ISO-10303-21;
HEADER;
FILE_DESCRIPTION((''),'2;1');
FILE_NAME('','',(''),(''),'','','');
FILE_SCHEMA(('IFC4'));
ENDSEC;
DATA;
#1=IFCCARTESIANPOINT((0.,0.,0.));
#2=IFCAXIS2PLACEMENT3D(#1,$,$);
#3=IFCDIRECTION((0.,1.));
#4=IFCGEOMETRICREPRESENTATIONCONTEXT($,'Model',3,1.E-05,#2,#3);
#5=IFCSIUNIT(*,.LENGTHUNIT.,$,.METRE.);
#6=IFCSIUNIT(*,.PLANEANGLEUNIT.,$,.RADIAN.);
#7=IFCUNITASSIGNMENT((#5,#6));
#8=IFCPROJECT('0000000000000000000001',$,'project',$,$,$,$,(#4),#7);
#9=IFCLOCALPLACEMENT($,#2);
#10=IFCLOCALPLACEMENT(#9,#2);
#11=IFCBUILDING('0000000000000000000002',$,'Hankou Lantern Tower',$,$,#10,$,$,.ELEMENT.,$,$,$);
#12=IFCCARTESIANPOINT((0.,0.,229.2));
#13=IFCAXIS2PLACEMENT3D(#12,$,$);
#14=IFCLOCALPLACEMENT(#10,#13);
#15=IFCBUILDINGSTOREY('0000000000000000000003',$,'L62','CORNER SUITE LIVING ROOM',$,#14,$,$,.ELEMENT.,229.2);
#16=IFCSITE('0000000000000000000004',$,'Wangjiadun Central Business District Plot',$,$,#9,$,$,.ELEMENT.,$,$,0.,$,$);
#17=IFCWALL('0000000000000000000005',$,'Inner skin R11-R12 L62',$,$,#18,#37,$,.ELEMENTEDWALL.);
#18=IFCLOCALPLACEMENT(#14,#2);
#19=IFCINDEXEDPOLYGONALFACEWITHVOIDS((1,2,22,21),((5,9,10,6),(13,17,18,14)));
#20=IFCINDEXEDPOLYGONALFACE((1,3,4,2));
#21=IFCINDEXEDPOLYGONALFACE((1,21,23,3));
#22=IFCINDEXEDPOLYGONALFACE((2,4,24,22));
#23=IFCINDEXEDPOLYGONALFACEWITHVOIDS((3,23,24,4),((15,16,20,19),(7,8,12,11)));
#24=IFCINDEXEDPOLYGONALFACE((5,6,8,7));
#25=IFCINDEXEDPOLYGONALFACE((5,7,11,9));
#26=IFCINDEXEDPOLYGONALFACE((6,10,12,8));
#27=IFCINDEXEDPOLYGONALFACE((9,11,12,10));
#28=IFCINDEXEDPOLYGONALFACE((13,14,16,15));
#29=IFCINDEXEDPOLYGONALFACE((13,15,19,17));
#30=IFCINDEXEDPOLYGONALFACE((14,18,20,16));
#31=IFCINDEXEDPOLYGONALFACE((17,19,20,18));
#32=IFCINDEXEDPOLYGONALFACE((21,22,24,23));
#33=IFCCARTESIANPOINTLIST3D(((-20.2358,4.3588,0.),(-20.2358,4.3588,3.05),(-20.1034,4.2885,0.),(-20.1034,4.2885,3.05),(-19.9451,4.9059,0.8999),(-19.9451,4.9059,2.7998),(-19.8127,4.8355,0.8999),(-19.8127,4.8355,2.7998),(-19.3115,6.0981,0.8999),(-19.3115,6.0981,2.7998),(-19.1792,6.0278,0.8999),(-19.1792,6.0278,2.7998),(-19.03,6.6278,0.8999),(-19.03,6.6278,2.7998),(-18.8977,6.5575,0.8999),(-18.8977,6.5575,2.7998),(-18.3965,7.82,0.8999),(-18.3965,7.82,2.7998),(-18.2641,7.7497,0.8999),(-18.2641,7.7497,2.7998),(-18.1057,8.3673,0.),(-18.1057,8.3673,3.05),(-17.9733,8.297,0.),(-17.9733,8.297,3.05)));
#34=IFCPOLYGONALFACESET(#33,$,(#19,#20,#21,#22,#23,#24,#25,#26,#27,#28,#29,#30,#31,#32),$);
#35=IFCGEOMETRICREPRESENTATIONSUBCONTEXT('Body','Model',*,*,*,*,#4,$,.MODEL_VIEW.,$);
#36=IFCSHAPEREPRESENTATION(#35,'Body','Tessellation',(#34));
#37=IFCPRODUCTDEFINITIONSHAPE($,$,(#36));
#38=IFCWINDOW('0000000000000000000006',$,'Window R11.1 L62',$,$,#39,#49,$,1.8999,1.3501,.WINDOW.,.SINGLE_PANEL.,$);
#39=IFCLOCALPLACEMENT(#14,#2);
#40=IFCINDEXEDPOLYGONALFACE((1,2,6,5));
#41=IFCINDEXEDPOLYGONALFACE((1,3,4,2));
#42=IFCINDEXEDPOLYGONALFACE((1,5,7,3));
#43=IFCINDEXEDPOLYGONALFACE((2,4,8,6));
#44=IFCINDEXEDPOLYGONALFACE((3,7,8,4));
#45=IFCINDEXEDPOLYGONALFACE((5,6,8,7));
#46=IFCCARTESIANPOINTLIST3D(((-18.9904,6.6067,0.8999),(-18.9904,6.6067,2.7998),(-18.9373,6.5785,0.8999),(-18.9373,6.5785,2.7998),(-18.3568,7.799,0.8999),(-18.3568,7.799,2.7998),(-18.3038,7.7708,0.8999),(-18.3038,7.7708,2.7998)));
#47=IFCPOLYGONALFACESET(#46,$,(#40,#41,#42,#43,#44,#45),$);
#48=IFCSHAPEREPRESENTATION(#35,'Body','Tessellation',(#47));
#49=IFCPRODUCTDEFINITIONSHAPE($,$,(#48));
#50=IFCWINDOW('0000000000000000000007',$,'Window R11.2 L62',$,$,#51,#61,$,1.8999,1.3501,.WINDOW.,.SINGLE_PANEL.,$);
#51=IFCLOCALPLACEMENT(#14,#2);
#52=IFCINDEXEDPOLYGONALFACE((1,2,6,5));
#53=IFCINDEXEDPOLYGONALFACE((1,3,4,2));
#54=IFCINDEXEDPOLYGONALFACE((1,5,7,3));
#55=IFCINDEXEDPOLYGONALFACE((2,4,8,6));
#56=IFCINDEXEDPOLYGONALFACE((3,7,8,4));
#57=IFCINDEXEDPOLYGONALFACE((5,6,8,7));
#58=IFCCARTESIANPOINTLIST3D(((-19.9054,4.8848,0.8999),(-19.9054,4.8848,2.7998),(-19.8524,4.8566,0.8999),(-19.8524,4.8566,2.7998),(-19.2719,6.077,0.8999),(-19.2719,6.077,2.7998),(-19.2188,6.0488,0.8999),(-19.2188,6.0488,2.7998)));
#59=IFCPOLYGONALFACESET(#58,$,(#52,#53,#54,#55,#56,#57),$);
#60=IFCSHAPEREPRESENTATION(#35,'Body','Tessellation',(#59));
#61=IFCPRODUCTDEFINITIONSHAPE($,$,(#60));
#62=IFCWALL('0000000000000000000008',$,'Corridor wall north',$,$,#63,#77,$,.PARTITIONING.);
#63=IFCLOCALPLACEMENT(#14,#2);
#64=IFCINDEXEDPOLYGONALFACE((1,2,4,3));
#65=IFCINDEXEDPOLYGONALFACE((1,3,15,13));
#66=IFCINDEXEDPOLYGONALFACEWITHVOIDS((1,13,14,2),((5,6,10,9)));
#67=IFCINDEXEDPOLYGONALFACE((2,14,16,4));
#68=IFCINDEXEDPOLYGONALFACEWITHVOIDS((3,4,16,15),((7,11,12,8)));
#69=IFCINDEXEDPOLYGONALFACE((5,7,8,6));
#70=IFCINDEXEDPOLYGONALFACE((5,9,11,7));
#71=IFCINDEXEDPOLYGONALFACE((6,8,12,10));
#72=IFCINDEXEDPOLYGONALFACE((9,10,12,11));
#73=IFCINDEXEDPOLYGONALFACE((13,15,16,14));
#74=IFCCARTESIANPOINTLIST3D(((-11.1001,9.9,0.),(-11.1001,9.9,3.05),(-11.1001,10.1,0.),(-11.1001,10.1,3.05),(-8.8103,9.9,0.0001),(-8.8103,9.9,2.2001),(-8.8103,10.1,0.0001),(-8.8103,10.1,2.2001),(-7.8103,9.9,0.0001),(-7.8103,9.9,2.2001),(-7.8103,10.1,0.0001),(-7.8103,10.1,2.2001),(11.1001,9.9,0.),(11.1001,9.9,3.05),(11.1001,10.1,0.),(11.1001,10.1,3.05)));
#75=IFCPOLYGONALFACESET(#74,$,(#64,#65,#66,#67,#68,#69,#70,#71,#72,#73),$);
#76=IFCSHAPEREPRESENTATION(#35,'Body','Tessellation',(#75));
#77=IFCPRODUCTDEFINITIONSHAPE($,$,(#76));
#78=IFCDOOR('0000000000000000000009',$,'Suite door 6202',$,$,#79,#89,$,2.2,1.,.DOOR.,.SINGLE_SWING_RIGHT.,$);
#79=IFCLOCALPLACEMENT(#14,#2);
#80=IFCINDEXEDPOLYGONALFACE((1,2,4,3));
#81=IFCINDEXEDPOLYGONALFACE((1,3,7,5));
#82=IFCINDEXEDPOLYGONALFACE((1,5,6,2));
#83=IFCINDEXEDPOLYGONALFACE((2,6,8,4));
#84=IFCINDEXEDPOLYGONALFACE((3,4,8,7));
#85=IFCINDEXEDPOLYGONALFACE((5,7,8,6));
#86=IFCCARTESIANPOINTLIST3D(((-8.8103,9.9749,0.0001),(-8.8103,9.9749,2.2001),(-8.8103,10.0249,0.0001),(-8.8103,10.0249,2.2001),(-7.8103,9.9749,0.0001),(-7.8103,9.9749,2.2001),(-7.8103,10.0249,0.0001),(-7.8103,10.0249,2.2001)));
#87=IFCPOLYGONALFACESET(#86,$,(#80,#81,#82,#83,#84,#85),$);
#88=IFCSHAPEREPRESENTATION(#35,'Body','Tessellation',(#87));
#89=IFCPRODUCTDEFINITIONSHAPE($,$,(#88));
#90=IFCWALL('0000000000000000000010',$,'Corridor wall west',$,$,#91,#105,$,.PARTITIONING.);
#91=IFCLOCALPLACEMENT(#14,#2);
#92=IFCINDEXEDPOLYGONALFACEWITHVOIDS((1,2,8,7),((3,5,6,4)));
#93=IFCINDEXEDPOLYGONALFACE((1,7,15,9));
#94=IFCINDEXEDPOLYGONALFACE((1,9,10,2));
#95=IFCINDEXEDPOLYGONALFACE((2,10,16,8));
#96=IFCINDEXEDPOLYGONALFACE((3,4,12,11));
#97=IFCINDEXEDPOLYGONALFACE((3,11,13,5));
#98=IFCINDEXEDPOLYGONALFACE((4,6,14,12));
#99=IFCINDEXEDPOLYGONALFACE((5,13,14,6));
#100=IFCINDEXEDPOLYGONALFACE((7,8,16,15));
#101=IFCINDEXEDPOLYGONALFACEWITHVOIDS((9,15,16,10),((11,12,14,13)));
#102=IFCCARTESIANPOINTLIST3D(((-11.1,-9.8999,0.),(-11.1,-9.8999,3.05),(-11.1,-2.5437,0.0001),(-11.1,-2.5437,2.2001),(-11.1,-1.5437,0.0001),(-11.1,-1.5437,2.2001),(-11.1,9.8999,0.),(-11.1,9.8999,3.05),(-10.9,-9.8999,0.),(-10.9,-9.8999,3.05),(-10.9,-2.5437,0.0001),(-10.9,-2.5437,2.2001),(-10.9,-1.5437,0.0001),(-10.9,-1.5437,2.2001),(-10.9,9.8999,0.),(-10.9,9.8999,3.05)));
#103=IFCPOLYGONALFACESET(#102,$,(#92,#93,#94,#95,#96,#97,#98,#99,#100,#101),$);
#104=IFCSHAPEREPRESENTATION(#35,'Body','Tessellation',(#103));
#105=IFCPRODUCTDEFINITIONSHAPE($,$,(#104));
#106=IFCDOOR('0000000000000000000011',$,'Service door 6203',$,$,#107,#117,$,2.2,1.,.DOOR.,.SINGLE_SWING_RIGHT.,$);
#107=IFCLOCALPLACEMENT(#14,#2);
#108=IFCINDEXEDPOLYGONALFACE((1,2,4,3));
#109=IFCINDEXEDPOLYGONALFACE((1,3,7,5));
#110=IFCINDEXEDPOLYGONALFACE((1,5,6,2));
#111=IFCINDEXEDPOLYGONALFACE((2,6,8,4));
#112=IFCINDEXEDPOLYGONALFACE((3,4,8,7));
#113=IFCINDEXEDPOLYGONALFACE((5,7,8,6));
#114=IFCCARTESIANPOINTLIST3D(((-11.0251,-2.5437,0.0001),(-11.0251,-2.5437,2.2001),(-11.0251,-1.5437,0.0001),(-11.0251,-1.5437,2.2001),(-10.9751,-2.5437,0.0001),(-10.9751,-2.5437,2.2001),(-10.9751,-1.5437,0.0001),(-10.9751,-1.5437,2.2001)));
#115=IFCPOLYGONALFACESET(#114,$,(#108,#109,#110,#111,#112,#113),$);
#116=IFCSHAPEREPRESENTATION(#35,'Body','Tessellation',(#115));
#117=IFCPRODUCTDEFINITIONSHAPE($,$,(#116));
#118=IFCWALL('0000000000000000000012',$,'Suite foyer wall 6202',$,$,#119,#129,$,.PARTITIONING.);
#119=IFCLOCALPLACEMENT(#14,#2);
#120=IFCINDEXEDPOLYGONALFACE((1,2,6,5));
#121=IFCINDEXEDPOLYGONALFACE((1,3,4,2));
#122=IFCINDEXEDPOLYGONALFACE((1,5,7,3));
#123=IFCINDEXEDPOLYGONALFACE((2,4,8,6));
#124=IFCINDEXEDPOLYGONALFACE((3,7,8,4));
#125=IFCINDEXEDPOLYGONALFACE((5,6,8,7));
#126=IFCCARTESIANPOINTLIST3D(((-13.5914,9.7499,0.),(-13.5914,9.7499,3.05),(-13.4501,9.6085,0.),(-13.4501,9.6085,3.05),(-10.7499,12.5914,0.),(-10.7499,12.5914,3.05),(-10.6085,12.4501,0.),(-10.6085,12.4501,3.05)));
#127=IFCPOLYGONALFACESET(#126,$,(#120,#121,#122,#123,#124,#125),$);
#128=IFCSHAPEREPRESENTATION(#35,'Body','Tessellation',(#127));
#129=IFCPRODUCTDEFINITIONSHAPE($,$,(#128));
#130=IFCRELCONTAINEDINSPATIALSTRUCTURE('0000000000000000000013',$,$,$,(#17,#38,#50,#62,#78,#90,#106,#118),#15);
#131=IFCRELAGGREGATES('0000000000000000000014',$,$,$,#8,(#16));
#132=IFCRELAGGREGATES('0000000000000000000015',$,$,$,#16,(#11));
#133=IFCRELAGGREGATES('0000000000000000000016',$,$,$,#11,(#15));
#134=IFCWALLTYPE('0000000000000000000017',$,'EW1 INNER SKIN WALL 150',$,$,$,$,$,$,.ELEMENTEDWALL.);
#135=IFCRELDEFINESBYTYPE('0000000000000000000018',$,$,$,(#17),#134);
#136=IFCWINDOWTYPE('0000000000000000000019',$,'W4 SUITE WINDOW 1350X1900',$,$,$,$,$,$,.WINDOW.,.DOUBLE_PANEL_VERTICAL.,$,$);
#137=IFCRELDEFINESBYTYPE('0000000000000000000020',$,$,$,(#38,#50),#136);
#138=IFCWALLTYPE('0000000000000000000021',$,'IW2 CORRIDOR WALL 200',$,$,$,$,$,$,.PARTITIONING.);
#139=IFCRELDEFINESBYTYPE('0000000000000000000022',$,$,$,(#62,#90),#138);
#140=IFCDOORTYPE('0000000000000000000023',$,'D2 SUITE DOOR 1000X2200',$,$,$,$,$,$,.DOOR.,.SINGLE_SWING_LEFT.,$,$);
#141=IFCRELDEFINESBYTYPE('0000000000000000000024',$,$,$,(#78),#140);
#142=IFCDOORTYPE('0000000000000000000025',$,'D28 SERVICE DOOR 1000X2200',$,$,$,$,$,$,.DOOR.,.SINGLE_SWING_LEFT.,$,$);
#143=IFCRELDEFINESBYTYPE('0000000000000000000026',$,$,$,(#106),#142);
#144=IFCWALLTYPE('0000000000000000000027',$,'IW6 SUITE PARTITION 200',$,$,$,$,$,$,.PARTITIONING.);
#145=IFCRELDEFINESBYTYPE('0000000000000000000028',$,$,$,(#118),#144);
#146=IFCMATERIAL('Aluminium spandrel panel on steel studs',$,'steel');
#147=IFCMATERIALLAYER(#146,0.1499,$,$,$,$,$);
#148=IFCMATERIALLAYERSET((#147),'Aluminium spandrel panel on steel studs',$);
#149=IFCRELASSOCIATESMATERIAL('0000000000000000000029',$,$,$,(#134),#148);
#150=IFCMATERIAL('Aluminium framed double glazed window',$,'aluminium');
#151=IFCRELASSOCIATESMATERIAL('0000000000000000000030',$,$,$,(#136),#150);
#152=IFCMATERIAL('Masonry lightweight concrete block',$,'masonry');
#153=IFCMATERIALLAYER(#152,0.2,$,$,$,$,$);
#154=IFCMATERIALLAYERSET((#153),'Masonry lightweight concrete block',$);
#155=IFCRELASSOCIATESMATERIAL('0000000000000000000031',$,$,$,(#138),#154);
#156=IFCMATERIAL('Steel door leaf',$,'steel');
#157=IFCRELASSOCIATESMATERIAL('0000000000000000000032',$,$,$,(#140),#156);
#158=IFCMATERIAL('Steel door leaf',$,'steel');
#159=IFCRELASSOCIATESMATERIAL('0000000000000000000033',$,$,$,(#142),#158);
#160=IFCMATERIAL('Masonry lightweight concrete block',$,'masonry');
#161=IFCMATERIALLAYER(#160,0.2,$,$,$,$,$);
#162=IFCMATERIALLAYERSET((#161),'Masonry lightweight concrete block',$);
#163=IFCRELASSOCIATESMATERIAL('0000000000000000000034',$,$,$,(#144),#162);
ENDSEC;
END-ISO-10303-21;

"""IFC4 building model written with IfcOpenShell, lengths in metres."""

from ifc_helpers import new_model, si_unit, direction, frame, frame_2d, origin, place, context, subcontext, project, spatial, rectangle, extrude, material, layer, layer_set, type_object, element, fill, save


model = new_model("IFC4")

# Units and contexts
model_context = context("Model", 3, precision=1e-05, world=origin(), true_north=direction((0.0, 1.0)))
body_context = subcontext(model_context, "Body", "Model", "MODEL_VIEW")
ifc_project = project(units=[si_unit("LENGTHUNIT", "METRE"), si_unit("PLANEANGLEUNIT", "RADIAN")], contexts=[model_context])

# Site, building, storey
site_placement = place(None, origin())
site = spatial("IfcSite", under=ifc_project, at=site_placement, Name="Wangjiadun Central Business District Plot", CompositionType="ELEMENT", RefElevation=0.0)
building_placement = place(site_placement, origin())
building = spatial("IfcBuilding", under=site, at=building_placement, Name="Hankou Lantern Tower", CompositionType="ELEMENT")
storey_placement = place(building_placement, frame((0.0, 0.0, 229.2)))
storey = spatial("IfcBuildingStorey", under=building, at=storey_placement, Name="L62", Description="CORNER SUITE LIVING ROOM", CompositionType="ELEMENT", Elevation=229.2)

# Wall, openings, windows
ifc_material_1 = material(Name="Aluminium spandrel panel on steel studs", Category="steel")
ifc_layer_1 = layer(ifc_material_1, 0.1499)
ifc_layer_set_1 = layer_set([ifc_layer_1], Name="Aluminium spandrel panel on steel studs")
wall_type_1 = type_object("IfcWallType", Name="EW1 INNER SKIN WALL 150", PredefinedType="ELEMENTEDWALL", material=ifc_layer_set_1)
ifc_material_2 = material(Name="Aluminium framed double glazed window", Category="aluminium")
window_type = type_object("IfcWindowType", Name="W4 SUITE WINDOW 1350X1900", PartitioningType="DOUBLE_PANEL_VERTICAL", PredefinedType="WINDOW", material=ifc_material_2)
wall_1_placement = place(storey_placement, frame((-18.0396, 8.332, 0.0), z_axis=(0.0, 0.0, 1.0), x_axis=(-0.469256, -0.883062, 0.0)))
wall_1 = element("IfcWall", 1, at=wall_1_placement, inside=storey, type_object=wall_type_1, Name="Inner skin R11-R12 L62", PredefinedType="ELEMENTEDWALL", context=body_context, shape_type="SweptSolid", body=[
    extrude(rectangle(XDim=4.5393, YDim=0.1499, at=frame_2d((2.2695, 0.0))), origin(), (0.0, 0.0, 1.0), 3.05),
])
opening_1_placement = place(wall_1_placement, frame((0.6196, 0.0, 0.8999)))
opening_1 = element("IfcOpeningElement", 2, at=opening_1_placement, cuts=wall_1, PredefinedType="OPENING", context=body_context, shape_type="SweptSolid", body=[
    extrude(rectangle(XDim=1.3501, YDim=1.8999, at=frame_2d((0.675, 0.95))), frame((0.0, 0.085, 0.0), z_axis=(0.0, -1.0, 0.0), x_axis=(1.0, 0.0, 0.0)), (0.0, 0.0, 1.0), 0.1699),
])
opening_2_placement = place(wall_1_placement, frame((2.5696, 0.0, 0.8999)))
opening_2 = element("IfcOpeningElement", 3, at=opening_2_placement, cuts=wall_1, PredefinedType="OPENING", context=body_context, shape_type="SweptSolid", body=[
    extrude(rectangle(XDim=1.3501, YDim=1.8999, at=frame_2d((0.675, 0.95))), frame((0.0, 0.085, 0.0), z_axis=(0.0, -1.0, 0.0), x_axis=(1.0, 0.0, 0.0)), (0.0, 0.0, 1.0), 0.1699),
])
window_1_placement = place(opening_1_placement, origin())
window_1 = element("IfcWindow", 4, at=window_1_placement, inside=storey, type_object=window_type, Name="Window R11.1 L62", OverallHeight=1.8999, OverallWidth=1.3501, PartitioningType="SINGLE_PANEL", PredefinedType="WINDOW", context=body_context, shape_type="SweptSolid", body=[
    extrude(rectangle(XDim=1.3501, YDim=1.8999, at=frame_2d((0.675, 0.95))), frame((0.0, 0.03, 0.0), z_axis=(0.0, -1.0, 0.0), x_axis=(1.0, 0.0, 0.0)), (0.0, 0.0, 1.0), 0.0601),
])
fill(opening_1, window_1)
window_2_placement = place(opening_2_placement, origin())
window_2 = element("IfcWindow", 5, at=window_2_placement, inside=storey, type_object=window_type, Name="Window R11.2 L62", OverallHeight=1.8999, OverallWidth=1.3501, PartitioningType="SINGLE_PANEL", PredefinedType="WINDOW", context=body_context, shape_type="SweptSolid", body=[
    extrude(rectangle(XDim=1.3501, YDim=1.8999, at=frame_2d((0.675, 0.95))), frame((0.0, 0.03, 0.0), z_axis=(0.0, -1.0, 0.0), x_axis=(1.0, 0.0, 0.0)), (0.0, 0.0, 1.0), 0.0601),
])
fill(opening_2, window_2)

# Walls, openings, doors
ifc_material_3 = material(Name="Masonry lightweight concrete block", Category="masonry")
ifc_layer_2 = layer(ifc_material_3, 0.2)
ifc_layer_set_2 = layer_set([ifc_layer_2], Name="Masonry lightweight concrete block")
wall_type_2 = type_object("IfcWallType", Name="IW2 CORRIDOR WALL 200", PredefinedType="PARTITIONING", material=ifc_layer_set_2)
wall_2_placement = place(storey_placement, frame((-11.1001, 10.0, 0.0), z_axis=(0.0, 0.0, 1.0), x_axis=(1.0, 0.0, 0.0)))
wall_2 = element("IfcWall", 6, at=wall_2_placement, inside=storey, type_object=wall_type_2, Name="Corridor wall north", PredefinedType="PARTITIONING", context=body_context, shape_type="SweptSolid", body=[
    extrude(rectangle(XDim=22.2002, YDim=0.2, at=frame_2d((11.1001, 0.0))), origin(), (0.0, 0.0, 1.0), 3.05),
])
opening_3_placement = place(wall_2_placement, frame((2.2898, 0.0, 0.0)))
opening_3 = element("IfcOpeningElement", 7, at=opening_3_placement, cuts=wall_2, PredefinedType="OPENING", context=body_context, shape_type="SweptSolid", body=[
    extrude(rectangle(XDim=1.0, YDim=2.2, at=frame_2d((0.5, 1.1001))), frame((0.0, 0.1099, 0.0), z_axis=(0.0, -1.0, 0.0), x_axis=(1.0, 0.0, 0.0)), (0.0, 0.0, 1.0), 0.22),
])
ifc_material_4 = material(Name="Steel door leaf", Category="steel")
door_type_1 = type_object("IfcDoorType", Name="D2 SUITE DOOR 1000X2200", OperationType="SINGLE_SWING_LEFT", PredefinedType="DOOR", material=ifc_material_4)
door_1_placement = place(opening_3_placement, origin())
door_1 = element("IfcDoor", 8, at=door_1_placement, inside=storey, type_object=door_type_1, Name="Suite door 6202", OperationType="SINGLE_SWING_RIGHT", OverallHeight=2.2, OverallWidth=1.0, PredefinedType="DOOR", context=body_context, shape_type="SweptSolid", body=[
    extrude(rectangle(XDim=1.0, YDim=2.2, at=frame_2d((0.5, 1.1001))), frame((0.0, 0.0249, 0.0), z_axis=(0.0, -1.0, 0.0), x_axis=(1.0, 0.0, 0.0)), (0.0, 0.0, 1.0), 0.05),
])
fill(opening_3, door_1)
wall_3_placement = place(storey_placement, frame((-11.0, 9.8999, 0.0), z_axis=(0.0, 0.0, 1.0), x_axis=(0.0, -1.0, 0.0)))
wall_3 = element("IfcWall", 9, at=wall_3_placement, inside=storey, type_object=wall_type_2, Name="Corridor wall west", PredefinedType="PARTITIONING", context=body_context, shape_type="SweptSolid", body=[
    extrude(rectangle(XDim=19.7998, YDim=0.2, at=frame_2d((9.8999, 0.0))), origin(), (0.0, 0.0, 1.0), 3.05),
])
opening_4_placement = place(wall_3_placement, frame((11.4436, 0.0, 0.0)))
opening_4 = element("IfcOpeningElement", 10, at=opening_4_placement, cuts=wall_3, PredefinedType="OPENING", context=body_context, shape_type="SweptSolid", body=[
    extrude(rectangle(XDim=1.0, YDim=2.2, at=frame_2d((0.5, 1.1001))), frame((0.0, 0.1099, 0.0), z_axis=(0.0, -1.0, 0.0), x_axis=(1.0, 0.0, 0.0)), (0.0, 0.0, 1.0), 0.22),
])
ifc_material_5 = material(Name="Steel door leaf", Category="steel")
door_type_2 = type_object("IfcDoorType", Name="D28 SERVICE DOOR 1000X2200", OperationType="SINGLE_SWING_LEFT", PredefinedType="DOOR", material=ifc_material_5)
door_2_placement = place(opening_4_placement, origin())
door_2 = element("IfcDoor", 11, at=door_2_placement, inside=storey, type_object=door_type_2, Name="Service door 6203", OperationType="SINGLE_SWING_RIGHT", OverallHeight=2.2, OverallWidth=1.0, PredefinedType="DOOR", context=body_context, shape_type="SweptSolid", body=[
    extrude(rectangle(XDim=1.0, YDim=2.2, at=frame_2d((0.5, 1.1001))), frame((0.0, 0.0249, 0.0), z_axis=(0.0, -1.0, 0.0), x_axis=(1.0, 0.0, 0.0)), (0.0, 0.0, 1.0), 0.05),
])
fill(opening_4, door_2)

# Wall
ifc_material_6 = material(Name="Masonry lightweight concrete block", Category="masonry")
ifc_layer_3 = layer(ifc_material_6, 0.2)
ifc_layer_set_3 = layer_set([ifc_layer_3], Name="Masonry lightweight concrete block")
wall_type_3 = type_object("IfcWallType", Name="IW6 SUITE PARTITION 200", PredefinedType="PARTITIONING", material=ifc_layer_set_3)
wall_4_placement = place(storey_placement, frame((-10.6792, 12.5208, 0.0), z_axis=(0.0, 0.0, 1.0), x_axis=(-0.707107, -0.707107, 0.0)))
element("IfcWall", 12, at=wall_4_placement, inside=storey, type_object=wall_type_3, Name="Suite foyer wall 6202", PredefinedType="PARTITIONING", context=body_context, shape_type="SweptSolid", body=[
    extrude(rectangle(XDim=4.0186, YDim=0.2, at=frame_2d((2.0093, 0.0))), origin(), (0.0, 0.0, 1.0), 3.05),
])

save(model, "model.ifc")
